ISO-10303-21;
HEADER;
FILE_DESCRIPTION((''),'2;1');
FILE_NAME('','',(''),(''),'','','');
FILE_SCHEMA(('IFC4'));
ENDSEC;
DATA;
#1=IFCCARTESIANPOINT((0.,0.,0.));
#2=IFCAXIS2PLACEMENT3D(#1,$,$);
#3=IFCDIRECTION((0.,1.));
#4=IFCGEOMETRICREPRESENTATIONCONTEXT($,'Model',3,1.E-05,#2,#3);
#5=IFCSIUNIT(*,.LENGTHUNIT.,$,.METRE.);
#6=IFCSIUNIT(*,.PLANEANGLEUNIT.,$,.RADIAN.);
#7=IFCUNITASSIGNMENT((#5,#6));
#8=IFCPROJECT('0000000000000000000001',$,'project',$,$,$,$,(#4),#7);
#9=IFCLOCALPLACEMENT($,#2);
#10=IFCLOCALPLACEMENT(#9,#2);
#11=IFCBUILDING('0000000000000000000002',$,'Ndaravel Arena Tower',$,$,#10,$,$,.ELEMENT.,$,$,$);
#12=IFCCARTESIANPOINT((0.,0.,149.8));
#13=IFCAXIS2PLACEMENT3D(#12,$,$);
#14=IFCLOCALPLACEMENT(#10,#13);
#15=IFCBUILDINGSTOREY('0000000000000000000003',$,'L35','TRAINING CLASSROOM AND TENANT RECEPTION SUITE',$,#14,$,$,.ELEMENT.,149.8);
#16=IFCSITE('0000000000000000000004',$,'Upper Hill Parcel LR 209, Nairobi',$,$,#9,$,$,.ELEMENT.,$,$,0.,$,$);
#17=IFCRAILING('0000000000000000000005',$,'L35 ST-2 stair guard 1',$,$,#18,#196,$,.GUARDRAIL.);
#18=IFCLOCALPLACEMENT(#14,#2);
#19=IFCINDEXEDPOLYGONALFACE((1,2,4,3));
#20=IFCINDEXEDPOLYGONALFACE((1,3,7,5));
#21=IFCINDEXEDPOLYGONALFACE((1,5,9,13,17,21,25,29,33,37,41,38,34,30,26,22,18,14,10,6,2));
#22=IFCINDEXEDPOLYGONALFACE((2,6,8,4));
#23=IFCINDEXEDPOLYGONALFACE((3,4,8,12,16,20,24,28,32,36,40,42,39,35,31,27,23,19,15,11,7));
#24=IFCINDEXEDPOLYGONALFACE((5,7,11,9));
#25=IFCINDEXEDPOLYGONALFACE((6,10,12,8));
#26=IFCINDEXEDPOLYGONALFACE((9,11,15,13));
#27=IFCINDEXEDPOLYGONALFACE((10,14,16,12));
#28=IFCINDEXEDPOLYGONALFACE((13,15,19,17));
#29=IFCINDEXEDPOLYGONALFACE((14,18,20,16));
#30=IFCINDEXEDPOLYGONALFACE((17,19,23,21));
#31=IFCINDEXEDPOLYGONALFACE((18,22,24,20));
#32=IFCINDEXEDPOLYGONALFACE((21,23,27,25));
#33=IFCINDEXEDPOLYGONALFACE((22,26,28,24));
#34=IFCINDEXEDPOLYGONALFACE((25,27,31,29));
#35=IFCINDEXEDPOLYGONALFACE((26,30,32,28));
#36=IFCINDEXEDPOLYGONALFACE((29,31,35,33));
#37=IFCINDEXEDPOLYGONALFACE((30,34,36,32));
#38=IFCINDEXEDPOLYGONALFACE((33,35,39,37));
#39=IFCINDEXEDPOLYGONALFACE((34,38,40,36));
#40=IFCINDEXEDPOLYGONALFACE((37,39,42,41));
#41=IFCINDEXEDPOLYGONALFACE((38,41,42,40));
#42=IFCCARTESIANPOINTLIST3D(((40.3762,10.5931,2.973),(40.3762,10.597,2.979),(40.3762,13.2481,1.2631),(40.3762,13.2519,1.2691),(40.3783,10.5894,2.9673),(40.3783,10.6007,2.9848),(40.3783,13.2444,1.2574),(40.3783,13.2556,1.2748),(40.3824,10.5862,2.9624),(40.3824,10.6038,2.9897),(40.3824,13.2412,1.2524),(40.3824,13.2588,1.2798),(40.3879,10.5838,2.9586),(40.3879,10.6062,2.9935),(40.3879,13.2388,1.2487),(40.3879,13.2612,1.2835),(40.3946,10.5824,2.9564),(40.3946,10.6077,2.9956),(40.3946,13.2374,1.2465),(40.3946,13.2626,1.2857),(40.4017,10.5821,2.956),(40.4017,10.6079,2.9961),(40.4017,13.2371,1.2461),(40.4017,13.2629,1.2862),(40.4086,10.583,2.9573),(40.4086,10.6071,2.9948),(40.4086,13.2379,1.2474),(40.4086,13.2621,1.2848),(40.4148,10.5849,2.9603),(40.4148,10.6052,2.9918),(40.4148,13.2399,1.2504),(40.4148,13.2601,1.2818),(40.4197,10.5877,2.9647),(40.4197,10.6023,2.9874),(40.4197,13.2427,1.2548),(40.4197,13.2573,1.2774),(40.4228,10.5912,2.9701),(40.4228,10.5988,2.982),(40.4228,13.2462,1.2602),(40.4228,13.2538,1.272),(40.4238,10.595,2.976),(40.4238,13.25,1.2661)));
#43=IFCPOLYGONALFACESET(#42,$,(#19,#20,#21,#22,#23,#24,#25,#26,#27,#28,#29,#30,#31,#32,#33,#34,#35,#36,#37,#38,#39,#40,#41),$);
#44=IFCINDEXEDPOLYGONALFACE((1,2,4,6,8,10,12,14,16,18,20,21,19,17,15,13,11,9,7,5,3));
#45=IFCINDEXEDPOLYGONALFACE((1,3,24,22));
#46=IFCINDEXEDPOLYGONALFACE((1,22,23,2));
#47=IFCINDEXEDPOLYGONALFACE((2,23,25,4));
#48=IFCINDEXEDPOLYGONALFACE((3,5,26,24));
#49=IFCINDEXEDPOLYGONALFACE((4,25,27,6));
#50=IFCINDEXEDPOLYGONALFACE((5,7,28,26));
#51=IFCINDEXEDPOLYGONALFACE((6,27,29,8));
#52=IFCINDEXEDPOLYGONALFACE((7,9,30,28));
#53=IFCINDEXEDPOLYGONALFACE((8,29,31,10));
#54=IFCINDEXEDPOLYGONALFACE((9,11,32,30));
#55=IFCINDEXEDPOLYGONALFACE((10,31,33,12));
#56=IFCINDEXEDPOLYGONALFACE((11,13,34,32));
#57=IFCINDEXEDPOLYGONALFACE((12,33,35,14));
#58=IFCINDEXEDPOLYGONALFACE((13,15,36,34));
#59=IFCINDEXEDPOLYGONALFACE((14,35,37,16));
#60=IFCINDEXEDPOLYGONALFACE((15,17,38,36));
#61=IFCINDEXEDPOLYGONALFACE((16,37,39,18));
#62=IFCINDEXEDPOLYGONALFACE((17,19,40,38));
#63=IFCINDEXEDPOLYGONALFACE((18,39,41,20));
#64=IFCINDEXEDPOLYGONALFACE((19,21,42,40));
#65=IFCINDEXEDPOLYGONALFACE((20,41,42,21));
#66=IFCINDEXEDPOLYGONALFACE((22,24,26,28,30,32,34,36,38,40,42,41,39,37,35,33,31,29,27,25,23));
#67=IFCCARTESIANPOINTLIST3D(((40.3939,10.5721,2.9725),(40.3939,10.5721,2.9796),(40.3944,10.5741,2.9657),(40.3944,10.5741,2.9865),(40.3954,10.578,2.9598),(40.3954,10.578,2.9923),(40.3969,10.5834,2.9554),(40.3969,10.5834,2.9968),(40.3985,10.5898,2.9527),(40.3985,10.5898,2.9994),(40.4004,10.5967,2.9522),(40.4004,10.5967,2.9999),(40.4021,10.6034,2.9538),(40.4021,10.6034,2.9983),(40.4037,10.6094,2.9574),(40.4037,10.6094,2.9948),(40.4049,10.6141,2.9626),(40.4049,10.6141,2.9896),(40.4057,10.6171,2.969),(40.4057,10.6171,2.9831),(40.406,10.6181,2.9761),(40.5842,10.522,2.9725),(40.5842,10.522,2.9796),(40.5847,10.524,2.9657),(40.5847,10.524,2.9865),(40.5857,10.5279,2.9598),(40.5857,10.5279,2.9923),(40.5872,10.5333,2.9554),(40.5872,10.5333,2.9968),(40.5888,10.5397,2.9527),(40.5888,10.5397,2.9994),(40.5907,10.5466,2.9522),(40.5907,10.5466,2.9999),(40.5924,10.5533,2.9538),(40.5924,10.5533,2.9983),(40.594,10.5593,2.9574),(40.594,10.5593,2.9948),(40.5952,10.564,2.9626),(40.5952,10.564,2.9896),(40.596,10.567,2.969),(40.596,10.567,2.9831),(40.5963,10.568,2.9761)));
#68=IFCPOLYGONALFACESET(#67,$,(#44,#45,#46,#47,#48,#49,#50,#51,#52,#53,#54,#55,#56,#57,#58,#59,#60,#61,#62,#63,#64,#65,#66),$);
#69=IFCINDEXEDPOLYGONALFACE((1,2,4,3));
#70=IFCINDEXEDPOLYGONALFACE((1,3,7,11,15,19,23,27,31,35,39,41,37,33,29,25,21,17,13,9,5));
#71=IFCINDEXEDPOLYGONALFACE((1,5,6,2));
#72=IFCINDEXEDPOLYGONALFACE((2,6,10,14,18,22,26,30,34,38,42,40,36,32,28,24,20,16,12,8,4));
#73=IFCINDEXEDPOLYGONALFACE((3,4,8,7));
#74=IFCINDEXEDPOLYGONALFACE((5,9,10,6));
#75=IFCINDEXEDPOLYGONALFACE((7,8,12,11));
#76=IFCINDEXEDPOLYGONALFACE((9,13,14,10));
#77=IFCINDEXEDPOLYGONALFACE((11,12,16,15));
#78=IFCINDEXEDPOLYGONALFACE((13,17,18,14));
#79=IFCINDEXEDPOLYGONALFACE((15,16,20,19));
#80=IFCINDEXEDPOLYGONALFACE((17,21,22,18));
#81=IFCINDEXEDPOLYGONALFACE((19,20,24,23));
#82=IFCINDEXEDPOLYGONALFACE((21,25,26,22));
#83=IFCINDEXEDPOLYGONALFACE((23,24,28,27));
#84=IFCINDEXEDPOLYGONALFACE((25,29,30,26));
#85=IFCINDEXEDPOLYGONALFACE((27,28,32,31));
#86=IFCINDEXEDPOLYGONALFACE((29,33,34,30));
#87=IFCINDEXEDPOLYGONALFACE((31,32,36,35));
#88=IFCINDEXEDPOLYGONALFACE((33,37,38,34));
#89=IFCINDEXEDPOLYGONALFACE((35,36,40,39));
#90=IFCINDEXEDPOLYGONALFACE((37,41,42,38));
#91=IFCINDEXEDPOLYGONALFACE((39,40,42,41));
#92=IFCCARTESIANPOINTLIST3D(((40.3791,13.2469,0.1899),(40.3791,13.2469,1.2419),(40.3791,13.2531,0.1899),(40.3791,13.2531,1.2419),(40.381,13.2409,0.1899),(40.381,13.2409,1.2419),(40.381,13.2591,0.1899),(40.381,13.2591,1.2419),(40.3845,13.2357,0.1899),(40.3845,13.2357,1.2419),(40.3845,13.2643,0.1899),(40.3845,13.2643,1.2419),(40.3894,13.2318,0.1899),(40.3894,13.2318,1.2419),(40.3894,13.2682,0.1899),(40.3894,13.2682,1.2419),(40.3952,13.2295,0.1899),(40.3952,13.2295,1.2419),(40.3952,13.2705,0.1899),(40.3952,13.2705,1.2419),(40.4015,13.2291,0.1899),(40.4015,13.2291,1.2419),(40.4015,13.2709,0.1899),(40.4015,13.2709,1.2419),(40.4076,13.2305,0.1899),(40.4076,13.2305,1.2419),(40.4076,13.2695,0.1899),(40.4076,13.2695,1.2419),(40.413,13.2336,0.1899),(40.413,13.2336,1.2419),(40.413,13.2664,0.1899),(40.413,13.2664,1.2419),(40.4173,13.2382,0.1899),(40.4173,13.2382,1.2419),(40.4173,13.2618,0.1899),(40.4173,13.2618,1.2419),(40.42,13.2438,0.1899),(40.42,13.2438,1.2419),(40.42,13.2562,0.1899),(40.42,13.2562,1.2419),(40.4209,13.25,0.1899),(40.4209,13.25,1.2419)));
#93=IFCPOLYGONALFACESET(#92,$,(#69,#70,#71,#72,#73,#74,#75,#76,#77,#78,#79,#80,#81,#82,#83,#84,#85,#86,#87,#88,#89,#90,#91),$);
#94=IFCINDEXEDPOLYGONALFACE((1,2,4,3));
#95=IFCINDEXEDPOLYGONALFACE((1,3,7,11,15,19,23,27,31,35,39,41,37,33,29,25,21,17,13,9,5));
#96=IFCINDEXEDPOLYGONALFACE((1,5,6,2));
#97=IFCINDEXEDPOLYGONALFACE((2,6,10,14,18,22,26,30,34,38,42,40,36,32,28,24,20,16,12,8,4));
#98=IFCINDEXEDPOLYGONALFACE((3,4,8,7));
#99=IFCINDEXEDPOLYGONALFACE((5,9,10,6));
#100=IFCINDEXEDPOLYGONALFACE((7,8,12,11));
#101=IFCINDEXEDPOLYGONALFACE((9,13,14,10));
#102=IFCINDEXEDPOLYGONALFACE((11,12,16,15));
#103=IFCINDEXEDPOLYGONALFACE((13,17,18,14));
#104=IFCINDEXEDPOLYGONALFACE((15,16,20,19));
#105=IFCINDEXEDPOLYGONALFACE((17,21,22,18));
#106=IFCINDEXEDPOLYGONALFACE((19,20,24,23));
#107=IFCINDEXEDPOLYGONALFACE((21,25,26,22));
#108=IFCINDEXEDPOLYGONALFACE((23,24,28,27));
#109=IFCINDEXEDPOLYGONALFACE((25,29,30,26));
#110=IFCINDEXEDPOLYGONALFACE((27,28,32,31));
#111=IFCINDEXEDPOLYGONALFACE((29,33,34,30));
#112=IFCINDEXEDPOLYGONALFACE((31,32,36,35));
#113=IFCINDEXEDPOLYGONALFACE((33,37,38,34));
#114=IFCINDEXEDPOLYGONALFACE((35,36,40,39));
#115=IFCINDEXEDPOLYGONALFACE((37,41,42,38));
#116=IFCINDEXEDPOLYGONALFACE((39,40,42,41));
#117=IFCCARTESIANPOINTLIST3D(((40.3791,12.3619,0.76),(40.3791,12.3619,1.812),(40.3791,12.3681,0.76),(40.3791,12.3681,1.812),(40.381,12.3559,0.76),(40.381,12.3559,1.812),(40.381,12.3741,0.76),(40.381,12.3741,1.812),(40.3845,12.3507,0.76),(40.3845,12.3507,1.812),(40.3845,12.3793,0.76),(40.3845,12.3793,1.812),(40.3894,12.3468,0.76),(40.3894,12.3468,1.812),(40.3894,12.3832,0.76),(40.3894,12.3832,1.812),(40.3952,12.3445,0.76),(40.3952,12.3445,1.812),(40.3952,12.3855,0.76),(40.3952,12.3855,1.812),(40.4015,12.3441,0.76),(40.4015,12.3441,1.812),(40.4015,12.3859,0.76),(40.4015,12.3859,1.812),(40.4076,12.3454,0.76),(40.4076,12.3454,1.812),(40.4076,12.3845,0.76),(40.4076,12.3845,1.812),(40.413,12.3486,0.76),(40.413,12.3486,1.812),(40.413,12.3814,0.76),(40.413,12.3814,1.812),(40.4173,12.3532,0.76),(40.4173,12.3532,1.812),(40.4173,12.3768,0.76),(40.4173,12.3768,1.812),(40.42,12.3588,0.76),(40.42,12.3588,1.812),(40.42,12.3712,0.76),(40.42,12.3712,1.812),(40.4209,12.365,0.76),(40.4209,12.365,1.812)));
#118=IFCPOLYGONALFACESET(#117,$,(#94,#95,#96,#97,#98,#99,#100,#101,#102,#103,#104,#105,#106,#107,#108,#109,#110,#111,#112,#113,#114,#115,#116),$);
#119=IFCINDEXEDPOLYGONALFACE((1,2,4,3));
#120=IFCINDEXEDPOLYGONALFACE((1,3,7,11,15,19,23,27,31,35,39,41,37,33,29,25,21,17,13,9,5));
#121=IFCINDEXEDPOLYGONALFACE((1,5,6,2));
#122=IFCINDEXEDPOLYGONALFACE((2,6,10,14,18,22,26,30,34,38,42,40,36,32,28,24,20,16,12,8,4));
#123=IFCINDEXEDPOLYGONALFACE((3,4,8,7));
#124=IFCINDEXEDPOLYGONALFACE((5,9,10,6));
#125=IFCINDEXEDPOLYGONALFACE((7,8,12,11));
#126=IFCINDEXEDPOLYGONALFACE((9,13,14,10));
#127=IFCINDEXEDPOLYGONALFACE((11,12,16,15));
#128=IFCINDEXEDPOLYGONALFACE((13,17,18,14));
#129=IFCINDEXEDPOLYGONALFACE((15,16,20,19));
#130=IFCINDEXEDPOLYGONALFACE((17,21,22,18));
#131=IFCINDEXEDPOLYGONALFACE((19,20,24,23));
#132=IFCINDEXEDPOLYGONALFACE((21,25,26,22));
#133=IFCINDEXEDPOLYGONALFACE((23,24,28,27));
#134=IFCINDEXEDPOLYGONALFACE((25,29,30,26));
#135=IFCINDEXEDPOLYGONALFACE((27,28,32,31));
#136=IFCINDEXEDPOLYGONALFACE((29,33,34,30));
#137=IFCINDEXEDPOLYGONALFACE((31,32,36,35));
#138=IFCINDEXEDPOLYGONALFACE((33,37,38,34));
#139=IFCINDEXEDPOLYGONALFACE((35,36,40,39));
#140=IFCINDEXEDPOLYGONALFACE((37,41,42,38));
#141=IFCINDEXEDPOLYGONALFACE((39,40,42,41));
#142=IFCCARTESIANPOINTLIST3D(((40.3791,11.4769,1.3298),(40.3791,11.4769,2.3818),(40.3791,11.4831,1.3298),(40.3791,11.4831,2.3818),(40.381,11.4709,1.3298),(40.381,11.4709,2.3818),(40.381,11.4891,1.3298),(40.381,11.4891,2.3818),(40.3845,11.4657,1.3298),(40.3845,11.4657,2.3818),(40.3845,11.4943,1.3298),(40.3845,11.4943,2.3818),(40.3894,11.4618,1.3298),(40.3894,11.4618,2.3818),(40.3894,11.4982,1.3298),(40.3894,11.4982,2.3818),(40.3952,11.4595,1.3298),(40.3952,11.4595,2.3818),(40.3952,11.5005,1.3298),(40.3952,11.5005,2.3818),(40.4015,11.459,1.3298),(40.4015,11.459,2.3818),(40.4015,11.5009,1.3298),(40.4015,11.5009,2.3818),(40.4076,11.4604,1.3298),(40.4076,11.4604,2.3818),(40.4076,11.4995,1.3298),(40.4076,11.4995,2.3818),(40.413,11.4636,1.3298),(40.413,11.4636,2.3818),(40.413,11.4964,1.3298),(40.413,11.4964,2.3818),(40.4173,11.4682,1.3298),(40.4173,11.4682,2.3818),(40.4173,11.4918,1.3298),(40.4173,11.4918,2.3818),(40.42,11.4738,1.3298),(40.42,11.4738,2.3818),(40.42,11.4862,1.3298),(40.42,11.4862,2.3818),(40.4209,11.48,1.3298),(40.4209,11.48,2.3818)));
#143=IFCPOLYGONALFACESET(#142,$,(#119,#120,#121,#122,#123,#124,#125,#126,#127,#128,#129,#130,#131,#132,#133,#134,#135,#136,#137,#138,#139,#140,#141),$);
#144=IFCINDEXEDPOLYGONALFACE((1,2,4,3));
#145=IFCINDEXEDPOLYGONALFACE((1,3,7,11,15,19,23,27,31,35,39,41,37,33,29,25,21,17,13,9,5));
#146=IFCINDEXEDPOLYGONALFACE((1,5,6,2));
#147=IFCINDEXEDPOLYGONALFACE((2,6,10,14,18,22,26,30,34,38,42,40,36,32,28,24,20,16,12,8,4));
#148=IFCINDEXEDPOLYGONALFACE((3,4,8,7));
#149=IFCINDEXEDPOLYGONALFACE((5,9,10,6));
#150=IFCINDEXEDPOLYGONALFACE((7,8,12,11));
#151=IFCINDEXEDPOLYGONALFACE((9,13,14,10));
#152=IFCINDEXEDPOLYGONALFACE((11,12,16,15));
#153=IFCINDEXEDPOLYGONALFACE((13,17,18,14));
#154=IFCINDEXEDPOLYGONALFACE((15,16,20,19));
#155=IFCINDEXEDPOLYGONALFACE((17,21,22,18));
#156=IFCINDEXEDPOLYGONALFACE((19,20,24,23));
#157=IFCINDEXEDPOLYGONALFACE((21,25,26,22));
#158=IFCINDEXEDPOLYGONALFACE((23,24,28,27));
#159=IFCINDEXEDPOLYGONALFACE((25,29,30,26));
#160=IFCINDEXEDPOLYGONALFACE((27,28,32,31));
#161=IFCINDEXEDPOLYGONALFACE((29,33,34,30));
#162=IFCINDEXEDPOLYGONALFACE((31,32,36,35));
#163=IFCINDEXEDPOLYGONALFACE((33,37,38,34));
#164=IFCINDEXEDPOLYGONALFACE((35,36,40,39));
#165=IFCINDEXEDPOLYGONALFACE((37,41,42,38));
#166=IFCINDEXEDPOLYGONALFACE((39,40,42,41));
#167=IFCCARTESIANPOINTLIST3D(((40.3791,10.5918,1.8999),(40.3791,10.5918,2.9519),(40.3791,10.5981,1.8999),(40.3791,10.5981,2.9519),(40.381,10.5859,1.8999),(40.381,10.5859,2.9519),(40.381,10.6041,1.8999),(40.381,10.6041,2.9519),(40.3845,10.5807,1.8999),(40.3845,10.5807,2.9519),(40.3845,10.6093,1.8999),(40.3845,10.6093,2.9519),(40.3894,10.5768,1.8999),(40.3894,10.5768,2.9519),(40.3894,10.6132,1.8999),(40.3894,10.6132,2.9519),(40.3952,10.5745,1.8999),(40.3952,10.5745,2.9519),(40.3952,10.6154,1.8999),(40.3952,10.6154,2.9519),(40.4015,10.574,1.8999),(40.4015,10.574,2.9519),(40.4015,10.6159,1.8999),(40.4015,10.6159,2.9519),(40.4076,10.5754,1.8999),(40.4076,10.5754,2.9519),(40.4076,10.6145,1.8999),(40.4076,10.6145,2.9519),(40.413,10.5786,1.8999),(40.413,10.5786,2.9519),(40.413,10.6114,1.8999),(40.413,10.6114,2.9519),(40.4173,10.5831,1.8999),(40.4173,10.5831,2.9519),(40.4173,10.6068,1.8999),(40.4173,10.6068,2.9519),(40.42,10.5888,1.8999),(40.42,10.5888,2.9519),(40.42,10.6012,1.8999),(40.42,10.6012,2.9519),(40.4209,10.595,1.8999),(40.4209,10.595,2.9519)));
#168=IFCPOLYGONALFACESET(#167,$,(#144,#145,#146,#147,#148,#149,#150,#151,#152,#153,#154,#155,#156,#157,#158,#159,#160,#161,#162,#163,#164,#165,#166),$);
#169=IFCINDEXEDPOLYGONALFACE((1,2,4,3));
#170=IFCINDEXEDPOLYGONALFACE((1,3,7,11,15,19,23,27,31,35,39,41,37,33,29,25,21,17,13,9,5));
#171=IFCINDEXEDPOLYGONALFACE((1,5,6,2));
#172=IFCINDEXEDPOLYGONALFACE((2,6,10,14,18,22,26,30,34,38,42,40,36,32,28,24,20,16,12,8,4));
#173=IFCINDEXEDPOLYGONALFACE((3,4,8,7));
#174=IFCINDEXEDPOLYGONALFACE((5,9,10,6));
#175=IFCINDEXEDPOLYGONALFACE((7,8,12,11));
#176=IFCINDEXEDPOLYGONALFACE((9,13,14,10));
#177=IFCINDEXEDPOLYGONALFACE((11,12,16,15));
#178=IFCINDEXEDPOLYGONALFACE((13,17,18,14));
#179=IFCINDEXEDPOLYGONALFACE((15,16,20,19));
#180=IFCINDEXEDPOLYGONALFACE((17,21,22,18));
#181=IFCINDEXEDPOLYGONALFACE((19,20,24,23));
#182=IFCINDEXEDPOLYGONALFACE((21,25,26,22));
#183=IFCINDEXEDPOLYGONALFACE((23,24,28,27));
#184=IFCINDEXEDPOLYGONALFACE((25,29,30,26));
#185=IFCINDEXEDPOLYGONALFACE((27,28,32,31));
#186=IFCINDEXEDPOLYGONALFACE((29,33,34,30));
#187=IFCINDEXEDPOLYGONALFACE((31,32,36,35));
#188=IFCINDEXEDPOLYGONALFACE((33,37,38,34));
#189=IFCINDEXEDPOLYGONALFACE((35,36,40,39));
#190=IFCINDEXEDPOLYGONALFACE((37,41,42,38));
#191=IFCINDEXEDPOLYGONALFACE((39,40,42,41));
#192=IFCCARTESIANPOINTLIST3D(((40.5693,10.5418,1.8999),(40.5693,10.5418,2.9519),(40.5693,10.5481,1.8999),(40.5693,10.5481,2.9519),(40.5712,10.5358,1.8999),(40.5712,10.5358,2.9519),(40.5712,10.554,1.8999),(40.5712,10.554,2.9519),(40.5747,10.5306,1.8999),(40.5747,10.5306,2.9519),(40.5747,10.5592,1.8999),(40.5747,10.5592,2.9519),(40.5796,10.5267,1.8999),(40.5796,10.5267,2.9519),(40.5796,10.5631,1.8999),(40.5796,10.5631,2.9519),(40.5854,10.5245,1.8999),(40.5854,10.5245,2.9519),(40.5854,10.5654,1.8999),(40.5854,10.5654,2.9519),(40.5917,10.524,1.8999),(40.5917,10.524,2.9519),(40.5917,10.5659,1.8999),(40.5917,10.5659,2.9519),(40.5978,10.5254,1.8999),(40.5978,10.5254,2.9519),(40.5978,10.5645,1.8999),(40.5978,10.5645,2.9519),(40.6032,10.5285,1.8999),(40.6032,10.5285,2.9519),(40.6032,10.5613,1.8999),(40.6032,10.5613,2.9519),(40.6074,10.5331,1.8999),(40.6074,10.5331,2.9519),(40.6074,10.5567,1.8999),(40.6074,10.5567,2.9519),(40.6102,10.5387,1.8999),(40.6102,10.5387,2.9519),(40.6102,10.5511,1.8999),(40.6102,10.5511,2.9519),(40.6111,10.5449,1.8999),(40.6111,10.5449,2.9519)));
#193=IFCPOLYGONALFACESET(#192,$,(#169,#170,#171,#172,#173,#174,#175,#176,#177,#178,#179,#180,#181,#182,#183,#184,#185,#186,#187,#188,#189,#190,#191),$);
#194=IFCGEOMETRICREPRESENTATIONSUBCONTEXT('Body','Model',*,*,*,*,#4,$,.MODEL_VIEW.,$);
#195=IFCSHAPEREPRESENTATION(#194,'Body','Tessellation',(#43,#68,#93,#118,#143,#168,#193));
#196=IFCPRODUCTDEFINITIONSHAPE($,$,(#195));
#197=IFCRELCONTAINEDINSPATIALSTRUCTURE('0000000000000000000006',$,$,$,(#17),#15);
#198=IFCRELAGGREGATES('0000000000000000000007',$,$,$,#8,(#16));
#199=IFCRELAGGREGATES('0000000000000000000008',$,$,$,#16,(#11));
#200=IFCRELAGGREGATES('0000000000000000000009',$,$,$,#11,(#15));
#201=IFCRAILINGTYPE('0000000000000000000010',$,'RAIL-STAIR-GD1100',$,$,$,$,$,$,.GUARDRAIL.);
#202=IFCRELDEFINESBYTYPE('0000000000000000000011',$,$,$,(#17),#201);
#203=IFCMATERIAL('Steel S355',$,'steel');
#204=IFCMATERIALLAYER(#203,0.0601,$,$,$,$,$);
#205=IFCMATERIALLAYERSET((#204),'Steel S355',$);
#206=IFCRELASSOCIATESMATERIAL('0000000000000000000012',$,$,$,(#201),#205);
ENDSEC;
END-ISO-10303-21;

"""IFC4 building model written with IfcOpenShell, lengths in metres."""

from ifc_helpers import new_model, si_unit, direction, frame, origin, origin_2d, place, context, subcontext, project, spatial, circle, extrude, material, layer, layer_set, type_object, element, save


model = new_model("IFC4")

# Units and contexts
model_context = context("Model", 3, precision=1e-05, world=origin(), true_north=direction((0.0, 1.0)))
body_context = subcontext(model_context, "Body", "Model", "MODEL_VIEW")
ifc_project = project(units=[si_unit("LENGTHUNIT", "METRE"), si_unit("PLANEANGLEUNIT", "RADIAN")], contexts=[model_context])

# Site, building, storey
site_placement = place(None, origin())
site = spatial("IfcSite", under=ifc_project, at=site_placement, Name="Upper Hill Parcel LR 209, Nairobi", CompositionType="ELEMENT", RefElevation=0.0)
building_placement = place(site_placement, origin())
building = spatial("IfcBuilding", under=site, at=building_placement, Name="Ndaravel Arena Tower", CompositionType="ELEMENT")
storey_placement = place(building_placement, frame((0.0, 0.0, 149.8)))
storey = spatial("IfcBuildingStorey", under=building, at=storey_placement, Name="L35", Description="TRAINING CLASSROOM AND TENANT RECEPTION SUITE", CompositionType="ELEMENT", Elevation=149.8)

# Railing
ifc_material_1 = material(Name="Steel S355", Category="steel")
ifc_layer_1 = layer(ifc_material_1, 0.0601)
ifc_layer_set_1 = layer_set([ifc_layer_1], Name="Steel S355")
railing_type_1 = type_object("IfcRailingType", Name="RAIL-STAIR-GD1100", PredefinedType="GUARDRAIL", material=ifc_layer_set_1)
railing_1_placement = place(storey_placement, frame((40.3999, 13.25, 0.1899)))
element("IfcRailing", 1, at=railing_1_placement, inside=storey, type_object=railing_type_1, Name="L35 ST-2 stair guard 1", PredefinedType="GUARDRAIL", context=body_context, shape_type="SweptSolid", body=[
    extrude(circle(Radius=0.0239, at=origin_2d()), frame((0.0, 0.0, 1.0762), z_axis=(0.0, -0.840724, 0.541465), x_axis=(1.0, 0.0, 0.0)), (0.0, 0.0, 1.0), 3.158),
    extrude(circle(Radius=0.0239, at=origin_2d()), frame((0.0, -2.655, 2.7861), z_axis=(0.967075, -0.254493, 0.0), x_axis=(0.254493, 0.967075, 0.0)), (0.0, 0.0, 1.0), 0.1968),
    extrude(circle(Radius=0.021, at=origin_2d()), origin(), (0.0, 0.0, 1.0), 1.052),
    extrude(circle(Radius=0.021, at=origin_2d()), frame((0.0, -0.885, 0.5701)), (0.0, 0.0, 1.0), 1.052),
    extrude(circle(Radius=0.021, at=origin_2d()), frame((0.0, -1.77, 1.1399)), (0.0, 0.0, 1.0), 1.052),
    extrude(circle(Radius=0.021, at=origin_2d()), frame((0.0, -2.655, 1.71)), (0.0, 0.0, 1.0), 1.052),
    extrude(circle(Radius=0.021, at=origin_2d()), frame((0.1902, -2.7051, 1.71)), (0.0, 0.0, 1.0), 1.052),
])

save(model, "model.ifc")
